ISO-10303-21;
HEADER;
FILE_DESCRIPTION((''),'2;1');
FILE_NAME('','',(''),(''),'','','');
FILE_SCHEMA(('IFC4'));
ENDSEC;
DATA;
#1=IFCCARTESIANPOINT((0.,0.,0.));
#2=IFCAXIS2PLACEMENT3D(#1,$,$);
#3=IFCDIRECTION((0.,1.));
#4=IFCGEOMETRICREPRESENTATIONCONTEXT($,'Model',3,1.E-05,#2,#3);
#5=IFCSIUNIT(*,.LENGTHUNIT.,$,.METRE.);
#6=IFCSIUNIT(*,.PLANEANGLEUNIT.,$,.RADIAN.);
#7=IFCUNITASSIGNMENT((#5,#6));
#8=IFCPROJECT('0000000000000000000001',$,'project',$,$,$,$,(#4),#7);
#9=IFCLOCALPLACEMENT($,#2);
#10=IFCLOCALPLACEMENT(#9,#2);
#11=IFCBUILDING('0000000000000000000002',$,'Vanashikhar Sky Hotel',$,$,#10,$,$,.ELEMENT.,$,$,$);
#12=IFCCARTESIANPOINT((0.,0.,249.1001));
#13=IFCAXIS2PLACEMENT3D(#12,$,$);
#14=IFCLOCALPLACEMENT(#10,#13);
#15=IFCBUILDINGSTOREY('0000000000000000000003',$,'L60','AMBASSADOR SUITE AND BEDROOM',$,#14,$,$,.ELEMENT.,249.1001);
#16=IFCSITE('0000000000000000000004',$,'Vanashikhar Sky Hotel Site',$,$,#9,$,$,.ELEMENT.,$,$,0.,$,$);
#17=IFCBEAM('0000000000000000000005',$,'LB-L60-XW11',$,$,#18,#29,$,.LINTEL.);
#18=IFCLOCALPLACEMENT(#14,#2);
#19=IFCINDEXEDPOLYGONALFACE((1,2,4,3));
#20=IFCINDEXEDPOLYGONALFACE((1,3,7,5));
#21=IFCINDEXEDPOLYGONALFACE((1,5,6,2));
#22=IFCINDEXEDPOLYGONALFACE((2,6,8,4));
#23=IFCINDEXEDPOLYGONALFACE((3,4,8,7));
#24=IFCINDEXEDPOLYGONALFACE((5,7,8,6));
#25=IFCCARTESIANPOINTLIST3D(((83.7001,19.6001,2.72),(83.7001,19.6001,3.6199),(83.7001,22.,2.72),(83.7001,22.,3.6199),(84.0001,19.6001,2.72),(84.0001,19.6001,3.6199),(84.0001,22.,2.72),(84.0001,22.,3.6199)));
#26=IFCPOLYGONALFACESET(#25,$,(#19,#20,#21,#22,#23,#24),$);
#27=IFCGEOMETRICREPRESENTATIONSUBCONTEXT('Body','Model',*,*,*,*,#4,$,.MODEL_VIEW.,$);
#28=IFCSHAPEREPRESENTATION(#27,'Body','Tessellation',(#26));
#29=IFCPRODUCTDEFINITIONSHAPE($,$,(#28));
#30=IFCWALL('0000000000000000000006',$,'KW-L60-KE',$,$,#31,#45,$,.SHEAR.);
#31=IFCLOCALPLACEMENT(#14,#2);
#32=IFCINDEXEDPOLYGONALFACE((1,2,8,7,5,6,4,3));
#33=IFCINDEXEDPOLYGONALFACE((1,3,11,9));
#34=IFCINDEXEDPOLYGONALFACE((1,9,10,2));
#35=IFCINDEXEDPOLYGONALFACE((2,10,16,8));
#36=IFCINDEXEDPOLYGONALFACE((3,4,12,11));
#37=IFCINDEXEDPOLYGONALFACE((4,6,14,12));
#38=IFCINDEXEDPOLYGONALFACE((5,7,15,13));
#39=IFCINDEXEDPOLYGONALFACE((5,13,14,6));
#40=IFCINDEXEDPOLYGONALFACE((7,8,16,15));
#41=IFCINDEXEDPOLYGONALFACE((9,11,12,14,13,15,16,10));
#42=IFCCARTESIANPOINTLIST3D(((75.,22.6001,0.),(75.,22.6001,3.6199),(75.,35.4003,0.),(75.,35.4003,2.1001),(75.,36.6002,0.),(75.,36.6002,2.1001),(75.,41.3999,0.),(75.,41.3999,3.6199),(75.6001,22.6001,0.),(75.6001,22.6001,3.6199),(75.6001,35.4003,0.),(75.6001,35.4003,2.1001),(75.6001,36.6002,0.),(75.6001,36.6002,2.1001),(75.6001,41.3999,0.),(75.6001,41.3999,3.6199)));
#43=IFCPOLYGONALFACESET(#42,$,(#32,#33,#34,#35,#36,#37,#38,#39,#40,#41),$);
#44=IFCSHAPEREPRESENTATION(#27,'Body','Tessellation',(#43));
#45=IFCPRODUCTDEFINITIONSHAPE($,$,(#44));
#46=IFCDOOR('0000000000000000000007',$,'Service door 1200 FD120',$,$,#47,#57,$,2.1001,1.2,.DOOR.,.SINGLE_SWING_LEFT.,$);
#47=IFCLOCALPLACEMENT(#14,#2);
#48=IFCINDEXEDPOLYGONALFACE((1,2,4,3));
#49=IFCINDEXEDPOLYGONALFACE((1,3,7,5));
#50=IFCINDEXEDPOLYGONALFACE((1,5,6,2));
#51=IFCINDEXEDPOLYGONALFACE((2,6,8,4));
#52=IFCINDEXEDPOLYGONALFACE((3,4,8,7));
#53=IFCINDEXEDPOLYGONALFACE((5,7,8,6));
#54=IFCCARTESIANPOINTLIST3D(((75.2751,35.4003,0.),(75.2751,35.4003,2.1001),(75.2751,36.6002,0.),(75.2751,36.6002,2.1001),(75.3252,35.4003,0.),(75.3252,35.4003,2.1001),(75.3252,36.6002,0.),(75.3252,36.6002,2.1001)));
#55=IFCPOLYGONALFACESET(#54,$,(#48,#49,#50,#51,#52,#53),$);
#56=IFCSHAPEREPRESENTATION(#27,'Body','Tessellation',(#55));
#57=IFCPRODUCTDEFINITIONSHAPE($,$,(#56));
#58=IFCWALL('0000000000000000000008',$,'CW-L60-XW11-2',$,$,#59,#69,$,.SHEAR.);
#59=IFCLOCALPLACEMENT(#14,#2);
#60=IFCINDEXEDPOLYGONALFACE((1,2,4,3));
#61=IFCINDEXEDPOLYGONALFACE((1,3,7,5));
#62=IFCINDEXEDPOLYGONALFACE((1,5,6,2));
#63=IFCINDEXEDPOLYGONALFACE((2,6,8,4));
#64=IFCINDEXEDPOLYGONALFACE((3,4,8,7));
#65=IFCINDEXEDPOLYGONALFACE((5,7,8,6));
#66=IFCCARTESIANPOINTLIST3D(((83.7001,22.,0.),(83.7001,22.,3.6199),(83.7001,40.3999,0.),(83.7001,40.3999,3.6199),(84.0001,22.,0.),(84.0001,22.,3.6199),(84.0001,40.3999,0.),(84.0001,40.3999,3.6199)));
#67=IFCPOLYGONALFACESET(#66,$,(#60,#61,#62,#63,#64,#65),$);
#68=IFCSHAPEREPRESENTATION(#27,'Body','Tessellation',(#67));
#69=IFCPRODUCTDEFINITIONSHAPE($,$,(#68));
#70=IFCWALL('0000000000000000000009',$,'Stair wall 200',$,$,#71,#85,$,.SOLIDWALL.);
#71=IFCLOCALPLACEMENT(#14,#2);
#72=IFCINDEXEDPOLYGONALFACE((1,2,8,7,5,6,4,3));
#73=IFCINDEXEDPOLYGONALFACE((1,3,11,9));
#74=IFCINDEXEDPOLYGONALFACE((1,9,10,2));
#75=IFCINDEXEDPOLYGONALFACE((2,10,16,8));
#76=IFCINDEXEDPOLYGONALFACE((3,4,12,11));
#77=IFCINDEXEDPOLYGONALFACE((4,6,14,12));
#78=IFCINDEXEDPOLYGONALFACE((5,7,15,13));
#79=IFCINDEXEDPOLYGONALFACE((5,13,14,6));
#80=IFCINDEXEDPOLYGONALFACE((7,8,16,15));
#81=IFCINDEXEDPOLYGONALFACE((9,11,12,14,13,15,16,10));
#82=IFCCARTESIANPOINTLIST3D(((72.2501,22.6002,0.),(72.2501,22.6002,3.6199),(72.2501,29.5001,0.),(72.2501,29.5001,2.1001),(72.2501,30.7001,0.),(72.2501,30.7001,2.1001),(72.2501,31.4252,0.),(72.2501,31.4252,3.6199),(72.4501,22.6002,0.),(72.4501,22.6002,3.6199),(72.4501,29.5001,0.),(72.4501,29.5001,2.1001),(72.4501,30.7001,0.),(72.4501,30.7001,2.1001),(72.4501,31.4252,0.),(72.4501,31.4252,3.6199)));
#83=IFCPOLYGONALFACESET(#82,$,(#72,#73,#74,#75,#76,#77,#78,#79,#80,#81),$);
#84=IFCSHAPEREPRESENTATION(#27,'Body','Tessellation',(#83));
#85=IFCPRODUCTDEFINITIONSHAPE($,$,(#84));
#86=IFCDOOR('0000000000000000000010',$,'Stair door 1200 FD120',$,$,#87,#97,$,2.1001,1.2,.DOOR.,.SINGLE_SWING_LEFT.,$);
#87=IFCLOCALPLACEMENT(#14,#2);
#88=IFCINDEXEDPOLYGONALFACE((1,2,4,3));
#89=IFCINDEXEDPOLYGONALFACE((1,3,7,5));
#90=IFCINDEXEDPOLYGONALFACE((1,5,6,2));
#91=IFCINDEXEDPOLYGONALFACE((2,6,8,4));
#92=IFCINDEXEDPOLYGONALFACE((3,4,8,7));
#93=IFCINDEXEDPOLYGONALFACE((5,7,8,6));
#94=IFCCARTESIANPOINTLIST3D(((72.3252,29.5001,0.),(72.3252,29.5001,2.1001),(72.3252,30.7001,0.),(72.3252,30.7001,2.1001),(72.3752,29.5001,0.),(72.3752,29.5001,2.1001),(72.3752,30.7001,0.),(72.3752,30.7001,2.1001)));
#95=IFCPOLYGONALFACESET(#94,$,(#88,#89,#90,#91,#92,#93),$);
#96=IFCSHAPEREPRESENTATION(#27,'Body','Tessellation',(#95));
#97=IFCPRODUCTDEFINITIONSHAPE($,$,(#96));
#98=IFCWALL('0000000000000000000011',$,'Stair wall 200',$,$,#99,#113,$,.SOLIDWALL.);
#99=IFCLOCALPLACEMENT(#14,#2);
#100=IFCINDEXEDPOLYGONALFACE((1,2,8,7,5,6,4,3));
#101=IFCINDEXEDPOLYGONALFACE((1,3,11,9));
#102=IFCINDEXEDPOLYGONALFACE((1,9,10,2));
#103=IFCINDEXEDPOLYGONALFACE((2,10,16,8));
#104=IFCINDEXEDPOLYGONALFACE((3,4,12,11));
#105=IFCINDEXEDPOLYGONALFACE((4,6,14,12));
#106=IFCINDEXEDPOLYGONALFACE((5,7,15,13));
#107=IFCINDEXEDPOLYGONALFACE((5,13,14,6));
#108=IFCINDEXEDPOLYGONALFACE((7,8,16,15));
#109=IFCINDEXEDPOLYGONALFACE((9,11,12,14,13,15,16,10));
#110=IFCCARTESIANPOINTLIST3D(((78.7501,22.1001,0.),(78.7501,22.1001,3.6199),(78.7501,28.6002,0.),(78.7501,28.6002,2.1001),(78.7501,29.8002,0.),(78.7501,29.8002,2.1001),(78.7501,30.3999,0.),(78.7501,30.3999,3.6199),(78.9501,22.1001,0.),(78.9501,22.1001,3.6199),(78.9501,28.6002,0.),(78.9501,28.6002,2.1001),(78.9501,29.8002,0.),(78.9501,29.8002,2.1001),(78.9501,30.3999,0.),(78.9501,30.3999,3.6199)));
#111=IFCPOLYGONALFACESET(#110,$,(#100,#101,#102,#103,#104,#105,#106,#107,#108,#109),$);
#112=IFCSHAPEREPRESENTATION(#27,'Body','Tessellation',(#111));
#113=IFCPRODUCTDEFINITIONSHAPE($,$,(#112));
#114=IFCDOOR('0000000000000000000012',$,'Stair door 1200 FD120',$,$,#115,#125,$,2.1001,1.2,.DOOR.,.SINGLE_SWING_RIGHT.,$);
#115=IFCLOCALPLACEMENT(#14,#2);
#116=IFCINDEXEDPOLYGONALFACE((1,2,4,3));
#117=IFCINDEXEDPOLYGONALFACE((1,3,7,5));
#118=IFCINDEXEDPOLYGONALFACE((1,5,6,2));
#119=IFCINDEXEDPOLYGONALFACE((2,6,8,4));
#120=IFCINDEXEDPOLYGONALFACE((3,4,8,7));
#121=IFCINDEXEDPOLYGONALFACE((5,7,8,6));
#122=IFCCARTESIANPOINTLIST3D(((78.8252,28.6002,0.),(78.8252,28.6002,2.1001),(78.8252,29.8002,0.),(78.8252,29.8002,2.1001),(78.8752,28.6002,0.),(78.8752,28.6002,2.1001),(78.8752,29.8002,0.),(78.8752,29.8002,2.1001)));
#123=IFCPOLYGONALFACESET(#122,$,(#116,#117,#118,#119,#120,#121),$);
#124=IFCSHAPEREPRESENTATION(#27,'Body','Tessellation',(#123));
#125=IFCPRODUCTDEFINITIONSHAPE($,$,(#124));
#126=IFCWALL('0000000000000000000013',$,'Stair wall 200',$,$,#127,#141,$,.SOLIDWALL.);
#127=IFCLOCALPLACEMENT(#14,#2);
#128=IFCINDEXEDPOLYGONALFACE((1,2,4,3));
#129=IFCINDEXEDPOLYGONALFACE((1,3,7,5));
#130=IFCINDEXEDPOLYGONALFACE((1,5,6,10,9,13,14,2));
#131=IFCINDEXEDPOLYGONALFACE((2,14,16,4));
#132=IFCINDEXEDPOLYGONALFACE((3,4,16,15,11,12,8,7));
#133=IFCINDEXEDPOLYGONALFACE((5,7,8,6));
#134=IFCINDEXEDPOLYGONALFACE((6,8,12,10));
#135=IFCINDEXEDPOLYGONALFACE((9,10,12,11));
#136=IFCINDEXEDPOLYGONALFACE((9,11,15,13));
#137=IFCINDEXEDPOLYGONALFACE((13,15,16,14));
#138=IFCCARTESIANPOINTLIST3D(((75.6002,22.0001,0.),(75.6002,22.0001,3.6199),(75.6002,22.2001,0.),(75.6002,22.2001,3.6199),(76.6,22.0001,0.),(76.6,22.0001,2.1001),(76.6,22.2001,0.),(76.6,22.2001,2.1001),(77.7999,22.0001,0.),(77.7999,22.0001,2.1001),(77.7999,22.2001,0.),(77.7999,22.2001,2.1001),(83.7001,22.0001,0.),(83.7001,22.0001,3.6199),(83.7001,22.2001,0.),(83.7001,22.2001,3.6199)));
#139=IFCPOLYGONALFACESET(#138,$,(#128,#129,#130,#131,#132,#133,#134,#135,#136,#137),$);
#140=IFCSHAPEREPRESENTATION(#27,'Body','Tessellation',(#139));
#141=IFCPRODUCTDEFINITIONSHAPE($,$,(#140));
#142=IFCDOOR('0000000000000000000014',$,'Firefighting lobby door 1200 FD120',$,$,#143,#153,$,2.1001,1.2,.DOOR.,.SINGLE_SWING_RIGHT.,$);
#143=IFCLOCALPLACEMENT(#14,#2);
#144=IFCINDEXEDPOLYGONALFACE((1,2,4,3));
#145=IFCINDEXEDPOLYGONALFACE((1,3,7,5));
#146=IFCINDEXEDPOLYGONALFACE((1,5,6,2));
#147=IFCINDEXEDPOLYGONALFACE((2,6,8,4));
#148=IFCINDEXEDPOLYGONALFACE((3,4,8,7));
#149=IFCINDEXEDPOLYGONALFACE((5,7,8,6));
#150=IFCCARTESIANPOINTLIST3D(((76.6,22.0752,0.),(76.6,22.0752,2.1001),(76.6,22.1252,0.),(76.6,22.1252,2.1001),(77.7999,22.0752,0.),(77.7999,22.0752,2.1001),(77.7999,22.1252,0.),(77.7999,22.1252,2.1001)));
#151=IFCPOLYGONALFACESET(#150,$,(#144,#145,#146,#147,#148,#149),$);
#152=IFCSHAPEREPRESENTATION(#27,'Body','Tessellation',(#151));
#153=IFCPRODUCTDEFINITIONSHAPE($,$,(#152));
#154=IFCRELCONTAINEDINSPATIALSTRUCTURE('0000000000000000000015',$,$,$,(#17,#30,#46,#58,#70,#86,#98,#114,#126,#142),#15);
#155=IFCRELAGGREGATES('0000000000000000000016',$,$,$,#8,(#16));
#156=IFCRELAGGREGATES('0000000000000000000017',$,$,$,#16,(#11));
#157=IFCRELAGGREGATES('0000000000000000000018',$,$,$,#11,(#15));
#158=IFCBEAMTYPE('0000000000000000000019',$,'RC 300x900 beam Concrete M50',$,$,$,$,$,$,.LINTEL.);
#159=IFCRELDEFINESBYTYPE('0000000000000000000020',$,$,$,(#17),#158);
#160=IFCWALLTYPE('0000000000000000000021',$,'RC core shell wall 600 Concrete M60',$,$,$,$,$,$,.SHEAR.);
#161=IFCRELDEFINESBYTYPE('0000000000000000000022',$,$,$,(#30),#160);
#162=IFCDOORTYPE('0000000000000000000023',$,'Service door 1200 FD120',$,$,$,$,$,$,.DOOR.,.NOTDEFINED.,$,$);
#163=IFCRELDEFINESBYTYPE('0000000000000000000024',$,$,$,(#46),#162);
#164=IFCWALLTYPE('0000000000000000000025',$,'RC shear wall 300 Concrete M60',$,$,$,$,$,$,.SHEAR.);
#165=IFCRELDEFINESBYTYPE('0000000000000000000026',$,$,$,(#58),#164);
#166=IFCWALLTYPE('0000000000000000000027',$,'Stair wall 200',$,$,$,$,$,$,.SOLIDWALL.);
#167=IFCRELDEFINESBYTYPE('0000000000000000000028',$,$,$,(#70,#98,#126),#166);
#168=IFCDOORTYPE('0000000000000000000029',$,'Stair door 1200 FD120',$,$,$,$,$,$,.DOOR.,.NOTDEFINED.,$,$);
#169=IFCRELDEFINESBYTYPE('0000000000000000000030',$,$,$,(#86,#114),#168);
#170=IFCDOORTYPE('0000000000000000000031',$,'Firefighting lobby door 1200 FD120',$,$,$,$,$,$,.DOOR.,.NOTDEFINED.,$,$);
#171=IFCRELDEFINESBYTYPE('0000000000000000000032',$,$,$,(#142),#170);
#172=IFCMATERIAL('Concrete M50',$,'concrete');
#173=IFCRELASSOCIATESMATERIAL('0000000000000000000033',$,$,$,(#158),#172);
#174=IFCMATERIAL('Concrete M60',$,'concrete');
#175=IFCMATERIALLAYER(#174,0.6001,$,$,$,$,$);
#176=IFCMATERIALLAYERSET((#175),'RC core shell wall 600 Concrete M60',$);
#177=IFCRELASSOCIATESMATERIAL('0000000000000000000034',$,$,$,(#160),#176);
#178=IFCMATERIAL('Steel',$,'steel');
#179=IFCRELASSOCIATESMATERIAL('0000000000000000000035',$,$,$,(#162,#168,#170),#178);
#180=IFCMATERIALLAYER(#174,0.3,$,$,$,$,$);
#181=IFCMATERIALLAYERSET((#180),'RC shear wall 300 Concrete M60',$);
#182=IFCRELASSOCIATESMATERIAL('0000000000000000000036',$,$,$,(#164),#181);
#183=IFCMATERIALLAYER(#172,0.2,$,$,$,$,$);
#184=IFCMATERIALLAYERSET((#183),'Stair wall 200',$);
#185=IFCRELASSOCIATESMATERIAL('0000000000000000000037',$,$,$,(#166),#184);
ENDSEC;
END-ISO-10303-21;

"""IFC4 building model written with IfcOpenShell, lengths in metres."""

from ifc_helpers import new_model, si_unit, direction, frame, frame_2d, origin, origin_2d, place, context, subcontext, project, spatial, rectangle, extrude, source, transform, mapped, material, layer, layer_set, material_profile, profile_set, type_object, element, fill, save


model = new_model("IFC4")

# Units and contexts
model_context = context("Model", 3, precision=1e-05, world=origin(), true_north=direction((0.0, 1.0)))
body_context = subcontext(model_context, "Body", "Model", "MODEL_VIEW")
ifc_project = project(units=[si_unit("LENGTHUNIT", "METRE"), si_unit("PLANEANGLEUNIT", "RADIAN")], contexts=[model_context])

# Site, building, storey
site_placement = place(None, origin())
site = spatial("IfcSite", under=ifc_project, at=site_placement, Name="Vanashikhar Sky Hotel Site", CompositionType="ELEMENT", RefElevation=0.0)
building_placement = place(site_placement, origin())
building = spatial("IfcBuilding", under=site, at=building_placement, Name="Vanashikhar Sky Hotel", CompositionType="ELEMENT")
storey_placement = place(building_placement, frame((0.0, 0.0, 249.1001)))
storey = spatial("IfcBuildingStorey", under=building, at=storey_placement, Name="L60", Description="AMBASSADOR SUITE AND BEDROOM", CompositionType="ELEMENT", Elevation=249.1001)

# Beam
ifc_material_1 = material(Name="Concrete M50", Category="concrete")
ifc_material_profile = material_profile(ifc_material_1, rectangle(XDim=0.3, YDim=0.8999, at=origin_2d()))
ifc_profile_set = profile_set([ifc_material_profile], Name="RC 300x900 beam Concrete M50")
beam_type = type_object("IfcBeamType", Name="RC 300x900 beam Concrete M50", PredefinedType="LINTEL", material=ifc_profile_set)
shared_shape_1 = source(origin(), body_context, "Body", "SweptSolid", [
    extrude(rectangle(XDim=0.3, YDim=0.8999, at=origin_2d()), origin(), (0.0, 0.0, 1.0), 2.3999),
])
beam_placement = place(storey_placement, frame((83.8501, 19.6001, 3.1699), z_axis=(0.0, 1.0, 0.0), x_axis=(-1.0, 0.0, 0.0)))
element("IfcBeam", 1, at=beam_placement, inside=storey, type_object=beam_type, Name="LB-L60-XW11", PredefinedType="LINTEL", context=body_context, shape_type="MappedRepresentation", body=[
    mapped(shared_shape_1, transform((0.0, 0.0, 0.0), scale=1.0)),
])

# Wall, opening, door
ifc_material_2 = material(Name="Concrete M60", Category="concrete")
ifc_layer_1 = layer(ifc_material_2, 0.6001)
ifc_layer_set_1 = layer_set([ifc_layer_1], Name="RC core shell wall 600 Concrete M60")
wall_type_1 = type_object("IfcWallType", Name="RC core shell wall 600 Concrete M60", PredefinedType="SHEAR", material=ifc_layer_set_1)
shared_shape_2 = source(origin(), body_context, "Body", "SweptSolid", [
    extrude(rectangle(XDim=18.7998, YDim=0.6001, at=frame_2d((9.3999, 0.0))), origin(), (0.0, 0.0, 1.0), 3.6199),
])
wall_1_placement = place(storey_placement, frame((75.3, 22.6001, 0.0), z_axis=(0.0, 0.0, 1.0), x_axis=(0.0, 1.0, 0.0)))
wall_1 = element("IfcWall", 2, at=wall_1_placement, inside=storey, type_object=wall_type_1, Name="KW-L60-KE", PredefinedType="SHEAR", context=body_context, shape_type="MappedRepresentation", body=[
    mapped(shared_shape_2, transform((0.0, 0.0, 0.0), scale=1.0)),
])
shared_shape_3 = source(origin(), body_context, "Body", "SweptSolid", [
    extrude(rectangle(XDim=1.2, YDim=2.1001, at=frame_2d((0.6001, 1.05))), frame((0.0, 0.3101, 0.0), z_axis=(0.0, -1.0, 0.0), x_axis=(1.0, 0.0, 0.0)), (0.0, 0.0, 1.0), 0.6201),
])
opening_1_placement = place(wall_1_placement, frame((12.8, 0.0, 0.0)))
opening_1 = element("IfcOpeningElement", 3, at=opening_1_placement, cuts=wall_1, PredefinedType="OPENING", context=body_context, shape_type="MappedRepresentation", body=[
    mapped(shared_shape_3, transform((0.0, 0.0, 0.0), scale=1.0)),
])
ifc_material_3 = material(Name="Steel", Category="steel")
door_type_1 = type_object("IfcDoorType", Name="Service door 1200 FD120", OperationType="NOTDEFINED", PredefinedType="DOOR", material=ifc_material_3)
shared_shape_4 = source(origin(), body_context, "Body", "SweptSolid", [
    extrude(rectangle(XDim=1.2, YDim=2.1001, at=frame_2d((0.6001, 1.05))), frame((0.0, 0.0249, 0.0), z_axis=(0.0, -1.0, 0.0), x_axis=(1.0, 0.0, 0.0)), (0.0, 0.0, 1.0), 0.05),
])
door_1_placement = place(opening_1_placement, origin())
door_1 = element("IfcDoor", 4, at=door_1_placement, inside=storey, type_object=door_type_1, Name="Service door 1200 FD120", OperationType="SINGLE_SWING_LEFT", OverallHeight=2.1001, OverallWidth=1.2, PredefinedType="DOOR", context=body_context, shape_type="MappedRepresentation", body=[
    mapped(shared_shape_4, transform((0.0, 0.0, 0.0), scale=1.0)),
])
fill(opening_1, door_1)

# Wall
ifc_layer_2 = layer(ifc_material_2, 0.3)
ifc_layer_set_2 = layer_set([ifc_layer_2], Name="RC shear wall 300 Concrete M60")
wall_type_2 = type_object("IfcWallType", Name="RC shear wall 300 Concrete M60", PredefinedType="SHEAR", material=ifc_layer_set_2)
shared_shape_5 = source(origin(), body_context, "Body", "SweptSolid", [
    extrude(rectangle(XDim=18.3999, YDim=0.3, at=frame_2d((9.2, 0.0))), origin(), (0.0, 0.0, 1.0), 3.6199),
])
wall_2_placement = place(storey_placement, frame((83.8501, 22.0, 0.0), z_axis=(0.0, 0.0, 1.0), x_axis=(0.0, 1.0, 0.0)))
element("IfcWall", 5, at=wall_2_placement, inside=storey, type_object=wall_type_2, Name="CW-L60-XW11-2", PredefinedType="SHEAR", context=body_context, shape_type="MappedRepresentation", body=[
    mapped(shared_shape_5, transform((0.0, 0.0, 0.0), scale=1.0)),
])

# Walls, openings, doors
ifc_layer_3 = layer(ifc_material_1, 0.2)
ifc_layer_set_3 = layer_set([ifc_layer_3], Name="Stair wall 200")
wall_type_3 = type_object("IfcWallType", Name="Stair wall 200", PredefinedType="SOLIDWALL", material=ifc_layer_set_3)
shared_shape_6 = source(origin(), body_context, "Body", "SweptSolid", [
    extrude(rectangle(XDim=8.825, YDim=0.2, at=frame_2d((4.4126, 0.0))), origin(), (0.0, 0.0, 1.0), 3.6199),
])
wall_3_placement = place(storey_placement, frame((72.3501, 22.6001, 0.0), z_axis=(0.0, 0.0, 1.0), x_axis=(0.0, 1.0, 0.0)))
wall_3 = element("IfcWall", 6, at=wall_3_placement, inside=storey, type_object=wall_type_3, Name="Stair wall 200", PredefinedType="SOLIDWALL", context=body_context, shape_type="MappedRepresentation", body=[
    mapped(shared_shape_6, transform((0.0, 0.0, 0.0), scale=1.0)),
])
shared_shape_7 = source(origin(), body_context, "Body", "SweptSolid", [
    extrude(rectangle(XDim=1.2, YDim=2.1001, at=frame_2d((0.6001, 1.05))), frame((0.0, 0.1099, 0.0), z_axis=(0.0, -1.0, 0.0), x_axis=(1.0, 0.0, 0.0)), (0.0, 0.0, 1.0), 0.22),
])
opening_2_placement = place(wall_3_placement, frame((6.8999, 0.0, 0.0)))
opening_2 = element("IfcOpeningElement", 7, at=opening_2_placement, cuts=wall_3, PredefinedType="OPENING", context=body_context, shape_type="MappedRepresentation", body=[
    mapped(shared_shape_7, transform((0.0, 0.0, 0.0), scale=1.0)),
])
door_type_2 = type_object("IfcDoorType", Name="Stair door 1200 FD120", OperationType="NOTDEFINED", PredefinedType="DOOR", material=ifc_material_3)
door_2_placement = place(opening_2_placement, origin())
door_2 = element("IfcDoor", 8, at=door_2_placement, inside=storey, type_object=door_type_2, Name="Stair door 1200 FD120", OperationType="SINGLE_SWING_LEFT", OverallHeight=2.1001, OverallWidth=1.2, PredefinedType="DOOR", context=body_context, shape_type="MappedRepresentation", body=[
    mapped(shared_shape_4, transform((0.0, 0.0, 0.0), scale=1.0)),
])
fill(opening_2, door_2)
shared_shape_8 = source(origin(), body_context, "Body", "SweptSolid", [
    extrude(rectangle(XDim=8.2998, YDim=0.2, at=frame_2d((4.1499, 0.0))), origin(), (0.0, 0.0, 1.0), 3.6199),
])
wall_4_placement = place(storey_placement, frame((78.8501, 22.1001, 0.0), z_axis=(0.0, 0.0, 1.0), x_axis=(0.0, 1.0, 0.0)))
wall_4 = element("IfcWall", 9, at=wall_4_placement, inside=storey, type_object=wall_type_3, Name="Stair wall 200", PredefinedType="SOLIDWALL", context=body_context, shape_type="MappedRepresentation", body=[
    mapped(shared_shape_8, transform((0.0, 0.0, 0.0), scale=1.0)),
])
opening_3_placement = place(wall_4_placement, frame((6.5, 0.0, 0.0)))
opening_3 = element("IfcOpeningElement", 10, at=opening_3_placement, cuts=wall_4, PredefinedType="OPENING", context=body_context, shape_type="MappedRepresentation", body=[
    mapped(shared_shape_7, transform((0.0, 0.0, 0.0), scale=1.0)),
])
door_3_placement = place(opening_3_placement, origin())
door_3 = element("IfcDoor", 11, at=door_3_placement, inside=storey, type_object=door_type_2, Name="Stair door 1200 FD120", OperationType="SINGLE_SWING_RIGHT", OverallHeight=2.1001, OverallWidth=1.2, PredefinedType="DOOR", context=body_context, shape_type="MappedRepresentation", body=[
    mapped(shared_shape_4, transform((0.0, 0.0, 0.0), scale=1.0)),
])
fill(opening_3, door_3)
shared_shape_9 = source(origin(), body_context, "Body", "SweptSolid", [
    extrude(rectangle(XDim=8.0999, YDim=0.2, at=frame_2d((4.0498, 0.0))), origin(), (0.0, 0.0, 1.0), 3.6199),
])
wall_5_placement = place(storey_placement, frame((83.7, 22.1001, 0.0), z_axis=(0.0, 0.0, 1.0), x_axis=(-1.0, 0.0, 0.0)))
wall_5 = element("IfcWall", 12, at=wall_5_placement, inside=storey, type_object=wall_type_3, Name="Stair wall 200", PredefinedType="SOLIDWALL", context=body_context, shape_type="MappedRepresentation", body=[
    mapped(shared_shape_9, transform((0.0, 0.0, 0.0), scale=1.0)),
])
opening_4_placement = place(wall_5_placement, frame((5.8999, 0.0, 0.0)))
opening_4 = element("IfcOpeningElement", 13, at=opening_4_placement, cuts=wall_5, PredefinedType="OPENING", context=body_context, shape_type="MappedRepresentation", body=[
    mapped(shared_shape_7, transform((0.0, 0.0, 0.0), scale=1.0)),
])
door_type_3 = type_object("IfcDoorType", Name="Firefighting lobby door 1200 FD120", OperationType="NOTDEFINED", PredefinedType="DOOR", material=ifc_material_3)
door_4_placement = place(opening_4_placement, origin())
door_4 = element("IfcDoor", 14, at=door_4_placement, inside=storey, type_object=door_type_3, Name="Firefighting lobby door 1200 FD120", OperationType="SINGLE_SWING_RIGHT", OverallHeight=2.1001, OverallWidth=1.2, PredefinedType="DOOR", context=body_context, shape_type="MappedRepresentation", body=[
    mapped(shared_shape_4, transform((0.0, 0.0, 0.0), scale=1.0)),
])
fill(opening_4, door_4)

save(model, "model.ifc")
